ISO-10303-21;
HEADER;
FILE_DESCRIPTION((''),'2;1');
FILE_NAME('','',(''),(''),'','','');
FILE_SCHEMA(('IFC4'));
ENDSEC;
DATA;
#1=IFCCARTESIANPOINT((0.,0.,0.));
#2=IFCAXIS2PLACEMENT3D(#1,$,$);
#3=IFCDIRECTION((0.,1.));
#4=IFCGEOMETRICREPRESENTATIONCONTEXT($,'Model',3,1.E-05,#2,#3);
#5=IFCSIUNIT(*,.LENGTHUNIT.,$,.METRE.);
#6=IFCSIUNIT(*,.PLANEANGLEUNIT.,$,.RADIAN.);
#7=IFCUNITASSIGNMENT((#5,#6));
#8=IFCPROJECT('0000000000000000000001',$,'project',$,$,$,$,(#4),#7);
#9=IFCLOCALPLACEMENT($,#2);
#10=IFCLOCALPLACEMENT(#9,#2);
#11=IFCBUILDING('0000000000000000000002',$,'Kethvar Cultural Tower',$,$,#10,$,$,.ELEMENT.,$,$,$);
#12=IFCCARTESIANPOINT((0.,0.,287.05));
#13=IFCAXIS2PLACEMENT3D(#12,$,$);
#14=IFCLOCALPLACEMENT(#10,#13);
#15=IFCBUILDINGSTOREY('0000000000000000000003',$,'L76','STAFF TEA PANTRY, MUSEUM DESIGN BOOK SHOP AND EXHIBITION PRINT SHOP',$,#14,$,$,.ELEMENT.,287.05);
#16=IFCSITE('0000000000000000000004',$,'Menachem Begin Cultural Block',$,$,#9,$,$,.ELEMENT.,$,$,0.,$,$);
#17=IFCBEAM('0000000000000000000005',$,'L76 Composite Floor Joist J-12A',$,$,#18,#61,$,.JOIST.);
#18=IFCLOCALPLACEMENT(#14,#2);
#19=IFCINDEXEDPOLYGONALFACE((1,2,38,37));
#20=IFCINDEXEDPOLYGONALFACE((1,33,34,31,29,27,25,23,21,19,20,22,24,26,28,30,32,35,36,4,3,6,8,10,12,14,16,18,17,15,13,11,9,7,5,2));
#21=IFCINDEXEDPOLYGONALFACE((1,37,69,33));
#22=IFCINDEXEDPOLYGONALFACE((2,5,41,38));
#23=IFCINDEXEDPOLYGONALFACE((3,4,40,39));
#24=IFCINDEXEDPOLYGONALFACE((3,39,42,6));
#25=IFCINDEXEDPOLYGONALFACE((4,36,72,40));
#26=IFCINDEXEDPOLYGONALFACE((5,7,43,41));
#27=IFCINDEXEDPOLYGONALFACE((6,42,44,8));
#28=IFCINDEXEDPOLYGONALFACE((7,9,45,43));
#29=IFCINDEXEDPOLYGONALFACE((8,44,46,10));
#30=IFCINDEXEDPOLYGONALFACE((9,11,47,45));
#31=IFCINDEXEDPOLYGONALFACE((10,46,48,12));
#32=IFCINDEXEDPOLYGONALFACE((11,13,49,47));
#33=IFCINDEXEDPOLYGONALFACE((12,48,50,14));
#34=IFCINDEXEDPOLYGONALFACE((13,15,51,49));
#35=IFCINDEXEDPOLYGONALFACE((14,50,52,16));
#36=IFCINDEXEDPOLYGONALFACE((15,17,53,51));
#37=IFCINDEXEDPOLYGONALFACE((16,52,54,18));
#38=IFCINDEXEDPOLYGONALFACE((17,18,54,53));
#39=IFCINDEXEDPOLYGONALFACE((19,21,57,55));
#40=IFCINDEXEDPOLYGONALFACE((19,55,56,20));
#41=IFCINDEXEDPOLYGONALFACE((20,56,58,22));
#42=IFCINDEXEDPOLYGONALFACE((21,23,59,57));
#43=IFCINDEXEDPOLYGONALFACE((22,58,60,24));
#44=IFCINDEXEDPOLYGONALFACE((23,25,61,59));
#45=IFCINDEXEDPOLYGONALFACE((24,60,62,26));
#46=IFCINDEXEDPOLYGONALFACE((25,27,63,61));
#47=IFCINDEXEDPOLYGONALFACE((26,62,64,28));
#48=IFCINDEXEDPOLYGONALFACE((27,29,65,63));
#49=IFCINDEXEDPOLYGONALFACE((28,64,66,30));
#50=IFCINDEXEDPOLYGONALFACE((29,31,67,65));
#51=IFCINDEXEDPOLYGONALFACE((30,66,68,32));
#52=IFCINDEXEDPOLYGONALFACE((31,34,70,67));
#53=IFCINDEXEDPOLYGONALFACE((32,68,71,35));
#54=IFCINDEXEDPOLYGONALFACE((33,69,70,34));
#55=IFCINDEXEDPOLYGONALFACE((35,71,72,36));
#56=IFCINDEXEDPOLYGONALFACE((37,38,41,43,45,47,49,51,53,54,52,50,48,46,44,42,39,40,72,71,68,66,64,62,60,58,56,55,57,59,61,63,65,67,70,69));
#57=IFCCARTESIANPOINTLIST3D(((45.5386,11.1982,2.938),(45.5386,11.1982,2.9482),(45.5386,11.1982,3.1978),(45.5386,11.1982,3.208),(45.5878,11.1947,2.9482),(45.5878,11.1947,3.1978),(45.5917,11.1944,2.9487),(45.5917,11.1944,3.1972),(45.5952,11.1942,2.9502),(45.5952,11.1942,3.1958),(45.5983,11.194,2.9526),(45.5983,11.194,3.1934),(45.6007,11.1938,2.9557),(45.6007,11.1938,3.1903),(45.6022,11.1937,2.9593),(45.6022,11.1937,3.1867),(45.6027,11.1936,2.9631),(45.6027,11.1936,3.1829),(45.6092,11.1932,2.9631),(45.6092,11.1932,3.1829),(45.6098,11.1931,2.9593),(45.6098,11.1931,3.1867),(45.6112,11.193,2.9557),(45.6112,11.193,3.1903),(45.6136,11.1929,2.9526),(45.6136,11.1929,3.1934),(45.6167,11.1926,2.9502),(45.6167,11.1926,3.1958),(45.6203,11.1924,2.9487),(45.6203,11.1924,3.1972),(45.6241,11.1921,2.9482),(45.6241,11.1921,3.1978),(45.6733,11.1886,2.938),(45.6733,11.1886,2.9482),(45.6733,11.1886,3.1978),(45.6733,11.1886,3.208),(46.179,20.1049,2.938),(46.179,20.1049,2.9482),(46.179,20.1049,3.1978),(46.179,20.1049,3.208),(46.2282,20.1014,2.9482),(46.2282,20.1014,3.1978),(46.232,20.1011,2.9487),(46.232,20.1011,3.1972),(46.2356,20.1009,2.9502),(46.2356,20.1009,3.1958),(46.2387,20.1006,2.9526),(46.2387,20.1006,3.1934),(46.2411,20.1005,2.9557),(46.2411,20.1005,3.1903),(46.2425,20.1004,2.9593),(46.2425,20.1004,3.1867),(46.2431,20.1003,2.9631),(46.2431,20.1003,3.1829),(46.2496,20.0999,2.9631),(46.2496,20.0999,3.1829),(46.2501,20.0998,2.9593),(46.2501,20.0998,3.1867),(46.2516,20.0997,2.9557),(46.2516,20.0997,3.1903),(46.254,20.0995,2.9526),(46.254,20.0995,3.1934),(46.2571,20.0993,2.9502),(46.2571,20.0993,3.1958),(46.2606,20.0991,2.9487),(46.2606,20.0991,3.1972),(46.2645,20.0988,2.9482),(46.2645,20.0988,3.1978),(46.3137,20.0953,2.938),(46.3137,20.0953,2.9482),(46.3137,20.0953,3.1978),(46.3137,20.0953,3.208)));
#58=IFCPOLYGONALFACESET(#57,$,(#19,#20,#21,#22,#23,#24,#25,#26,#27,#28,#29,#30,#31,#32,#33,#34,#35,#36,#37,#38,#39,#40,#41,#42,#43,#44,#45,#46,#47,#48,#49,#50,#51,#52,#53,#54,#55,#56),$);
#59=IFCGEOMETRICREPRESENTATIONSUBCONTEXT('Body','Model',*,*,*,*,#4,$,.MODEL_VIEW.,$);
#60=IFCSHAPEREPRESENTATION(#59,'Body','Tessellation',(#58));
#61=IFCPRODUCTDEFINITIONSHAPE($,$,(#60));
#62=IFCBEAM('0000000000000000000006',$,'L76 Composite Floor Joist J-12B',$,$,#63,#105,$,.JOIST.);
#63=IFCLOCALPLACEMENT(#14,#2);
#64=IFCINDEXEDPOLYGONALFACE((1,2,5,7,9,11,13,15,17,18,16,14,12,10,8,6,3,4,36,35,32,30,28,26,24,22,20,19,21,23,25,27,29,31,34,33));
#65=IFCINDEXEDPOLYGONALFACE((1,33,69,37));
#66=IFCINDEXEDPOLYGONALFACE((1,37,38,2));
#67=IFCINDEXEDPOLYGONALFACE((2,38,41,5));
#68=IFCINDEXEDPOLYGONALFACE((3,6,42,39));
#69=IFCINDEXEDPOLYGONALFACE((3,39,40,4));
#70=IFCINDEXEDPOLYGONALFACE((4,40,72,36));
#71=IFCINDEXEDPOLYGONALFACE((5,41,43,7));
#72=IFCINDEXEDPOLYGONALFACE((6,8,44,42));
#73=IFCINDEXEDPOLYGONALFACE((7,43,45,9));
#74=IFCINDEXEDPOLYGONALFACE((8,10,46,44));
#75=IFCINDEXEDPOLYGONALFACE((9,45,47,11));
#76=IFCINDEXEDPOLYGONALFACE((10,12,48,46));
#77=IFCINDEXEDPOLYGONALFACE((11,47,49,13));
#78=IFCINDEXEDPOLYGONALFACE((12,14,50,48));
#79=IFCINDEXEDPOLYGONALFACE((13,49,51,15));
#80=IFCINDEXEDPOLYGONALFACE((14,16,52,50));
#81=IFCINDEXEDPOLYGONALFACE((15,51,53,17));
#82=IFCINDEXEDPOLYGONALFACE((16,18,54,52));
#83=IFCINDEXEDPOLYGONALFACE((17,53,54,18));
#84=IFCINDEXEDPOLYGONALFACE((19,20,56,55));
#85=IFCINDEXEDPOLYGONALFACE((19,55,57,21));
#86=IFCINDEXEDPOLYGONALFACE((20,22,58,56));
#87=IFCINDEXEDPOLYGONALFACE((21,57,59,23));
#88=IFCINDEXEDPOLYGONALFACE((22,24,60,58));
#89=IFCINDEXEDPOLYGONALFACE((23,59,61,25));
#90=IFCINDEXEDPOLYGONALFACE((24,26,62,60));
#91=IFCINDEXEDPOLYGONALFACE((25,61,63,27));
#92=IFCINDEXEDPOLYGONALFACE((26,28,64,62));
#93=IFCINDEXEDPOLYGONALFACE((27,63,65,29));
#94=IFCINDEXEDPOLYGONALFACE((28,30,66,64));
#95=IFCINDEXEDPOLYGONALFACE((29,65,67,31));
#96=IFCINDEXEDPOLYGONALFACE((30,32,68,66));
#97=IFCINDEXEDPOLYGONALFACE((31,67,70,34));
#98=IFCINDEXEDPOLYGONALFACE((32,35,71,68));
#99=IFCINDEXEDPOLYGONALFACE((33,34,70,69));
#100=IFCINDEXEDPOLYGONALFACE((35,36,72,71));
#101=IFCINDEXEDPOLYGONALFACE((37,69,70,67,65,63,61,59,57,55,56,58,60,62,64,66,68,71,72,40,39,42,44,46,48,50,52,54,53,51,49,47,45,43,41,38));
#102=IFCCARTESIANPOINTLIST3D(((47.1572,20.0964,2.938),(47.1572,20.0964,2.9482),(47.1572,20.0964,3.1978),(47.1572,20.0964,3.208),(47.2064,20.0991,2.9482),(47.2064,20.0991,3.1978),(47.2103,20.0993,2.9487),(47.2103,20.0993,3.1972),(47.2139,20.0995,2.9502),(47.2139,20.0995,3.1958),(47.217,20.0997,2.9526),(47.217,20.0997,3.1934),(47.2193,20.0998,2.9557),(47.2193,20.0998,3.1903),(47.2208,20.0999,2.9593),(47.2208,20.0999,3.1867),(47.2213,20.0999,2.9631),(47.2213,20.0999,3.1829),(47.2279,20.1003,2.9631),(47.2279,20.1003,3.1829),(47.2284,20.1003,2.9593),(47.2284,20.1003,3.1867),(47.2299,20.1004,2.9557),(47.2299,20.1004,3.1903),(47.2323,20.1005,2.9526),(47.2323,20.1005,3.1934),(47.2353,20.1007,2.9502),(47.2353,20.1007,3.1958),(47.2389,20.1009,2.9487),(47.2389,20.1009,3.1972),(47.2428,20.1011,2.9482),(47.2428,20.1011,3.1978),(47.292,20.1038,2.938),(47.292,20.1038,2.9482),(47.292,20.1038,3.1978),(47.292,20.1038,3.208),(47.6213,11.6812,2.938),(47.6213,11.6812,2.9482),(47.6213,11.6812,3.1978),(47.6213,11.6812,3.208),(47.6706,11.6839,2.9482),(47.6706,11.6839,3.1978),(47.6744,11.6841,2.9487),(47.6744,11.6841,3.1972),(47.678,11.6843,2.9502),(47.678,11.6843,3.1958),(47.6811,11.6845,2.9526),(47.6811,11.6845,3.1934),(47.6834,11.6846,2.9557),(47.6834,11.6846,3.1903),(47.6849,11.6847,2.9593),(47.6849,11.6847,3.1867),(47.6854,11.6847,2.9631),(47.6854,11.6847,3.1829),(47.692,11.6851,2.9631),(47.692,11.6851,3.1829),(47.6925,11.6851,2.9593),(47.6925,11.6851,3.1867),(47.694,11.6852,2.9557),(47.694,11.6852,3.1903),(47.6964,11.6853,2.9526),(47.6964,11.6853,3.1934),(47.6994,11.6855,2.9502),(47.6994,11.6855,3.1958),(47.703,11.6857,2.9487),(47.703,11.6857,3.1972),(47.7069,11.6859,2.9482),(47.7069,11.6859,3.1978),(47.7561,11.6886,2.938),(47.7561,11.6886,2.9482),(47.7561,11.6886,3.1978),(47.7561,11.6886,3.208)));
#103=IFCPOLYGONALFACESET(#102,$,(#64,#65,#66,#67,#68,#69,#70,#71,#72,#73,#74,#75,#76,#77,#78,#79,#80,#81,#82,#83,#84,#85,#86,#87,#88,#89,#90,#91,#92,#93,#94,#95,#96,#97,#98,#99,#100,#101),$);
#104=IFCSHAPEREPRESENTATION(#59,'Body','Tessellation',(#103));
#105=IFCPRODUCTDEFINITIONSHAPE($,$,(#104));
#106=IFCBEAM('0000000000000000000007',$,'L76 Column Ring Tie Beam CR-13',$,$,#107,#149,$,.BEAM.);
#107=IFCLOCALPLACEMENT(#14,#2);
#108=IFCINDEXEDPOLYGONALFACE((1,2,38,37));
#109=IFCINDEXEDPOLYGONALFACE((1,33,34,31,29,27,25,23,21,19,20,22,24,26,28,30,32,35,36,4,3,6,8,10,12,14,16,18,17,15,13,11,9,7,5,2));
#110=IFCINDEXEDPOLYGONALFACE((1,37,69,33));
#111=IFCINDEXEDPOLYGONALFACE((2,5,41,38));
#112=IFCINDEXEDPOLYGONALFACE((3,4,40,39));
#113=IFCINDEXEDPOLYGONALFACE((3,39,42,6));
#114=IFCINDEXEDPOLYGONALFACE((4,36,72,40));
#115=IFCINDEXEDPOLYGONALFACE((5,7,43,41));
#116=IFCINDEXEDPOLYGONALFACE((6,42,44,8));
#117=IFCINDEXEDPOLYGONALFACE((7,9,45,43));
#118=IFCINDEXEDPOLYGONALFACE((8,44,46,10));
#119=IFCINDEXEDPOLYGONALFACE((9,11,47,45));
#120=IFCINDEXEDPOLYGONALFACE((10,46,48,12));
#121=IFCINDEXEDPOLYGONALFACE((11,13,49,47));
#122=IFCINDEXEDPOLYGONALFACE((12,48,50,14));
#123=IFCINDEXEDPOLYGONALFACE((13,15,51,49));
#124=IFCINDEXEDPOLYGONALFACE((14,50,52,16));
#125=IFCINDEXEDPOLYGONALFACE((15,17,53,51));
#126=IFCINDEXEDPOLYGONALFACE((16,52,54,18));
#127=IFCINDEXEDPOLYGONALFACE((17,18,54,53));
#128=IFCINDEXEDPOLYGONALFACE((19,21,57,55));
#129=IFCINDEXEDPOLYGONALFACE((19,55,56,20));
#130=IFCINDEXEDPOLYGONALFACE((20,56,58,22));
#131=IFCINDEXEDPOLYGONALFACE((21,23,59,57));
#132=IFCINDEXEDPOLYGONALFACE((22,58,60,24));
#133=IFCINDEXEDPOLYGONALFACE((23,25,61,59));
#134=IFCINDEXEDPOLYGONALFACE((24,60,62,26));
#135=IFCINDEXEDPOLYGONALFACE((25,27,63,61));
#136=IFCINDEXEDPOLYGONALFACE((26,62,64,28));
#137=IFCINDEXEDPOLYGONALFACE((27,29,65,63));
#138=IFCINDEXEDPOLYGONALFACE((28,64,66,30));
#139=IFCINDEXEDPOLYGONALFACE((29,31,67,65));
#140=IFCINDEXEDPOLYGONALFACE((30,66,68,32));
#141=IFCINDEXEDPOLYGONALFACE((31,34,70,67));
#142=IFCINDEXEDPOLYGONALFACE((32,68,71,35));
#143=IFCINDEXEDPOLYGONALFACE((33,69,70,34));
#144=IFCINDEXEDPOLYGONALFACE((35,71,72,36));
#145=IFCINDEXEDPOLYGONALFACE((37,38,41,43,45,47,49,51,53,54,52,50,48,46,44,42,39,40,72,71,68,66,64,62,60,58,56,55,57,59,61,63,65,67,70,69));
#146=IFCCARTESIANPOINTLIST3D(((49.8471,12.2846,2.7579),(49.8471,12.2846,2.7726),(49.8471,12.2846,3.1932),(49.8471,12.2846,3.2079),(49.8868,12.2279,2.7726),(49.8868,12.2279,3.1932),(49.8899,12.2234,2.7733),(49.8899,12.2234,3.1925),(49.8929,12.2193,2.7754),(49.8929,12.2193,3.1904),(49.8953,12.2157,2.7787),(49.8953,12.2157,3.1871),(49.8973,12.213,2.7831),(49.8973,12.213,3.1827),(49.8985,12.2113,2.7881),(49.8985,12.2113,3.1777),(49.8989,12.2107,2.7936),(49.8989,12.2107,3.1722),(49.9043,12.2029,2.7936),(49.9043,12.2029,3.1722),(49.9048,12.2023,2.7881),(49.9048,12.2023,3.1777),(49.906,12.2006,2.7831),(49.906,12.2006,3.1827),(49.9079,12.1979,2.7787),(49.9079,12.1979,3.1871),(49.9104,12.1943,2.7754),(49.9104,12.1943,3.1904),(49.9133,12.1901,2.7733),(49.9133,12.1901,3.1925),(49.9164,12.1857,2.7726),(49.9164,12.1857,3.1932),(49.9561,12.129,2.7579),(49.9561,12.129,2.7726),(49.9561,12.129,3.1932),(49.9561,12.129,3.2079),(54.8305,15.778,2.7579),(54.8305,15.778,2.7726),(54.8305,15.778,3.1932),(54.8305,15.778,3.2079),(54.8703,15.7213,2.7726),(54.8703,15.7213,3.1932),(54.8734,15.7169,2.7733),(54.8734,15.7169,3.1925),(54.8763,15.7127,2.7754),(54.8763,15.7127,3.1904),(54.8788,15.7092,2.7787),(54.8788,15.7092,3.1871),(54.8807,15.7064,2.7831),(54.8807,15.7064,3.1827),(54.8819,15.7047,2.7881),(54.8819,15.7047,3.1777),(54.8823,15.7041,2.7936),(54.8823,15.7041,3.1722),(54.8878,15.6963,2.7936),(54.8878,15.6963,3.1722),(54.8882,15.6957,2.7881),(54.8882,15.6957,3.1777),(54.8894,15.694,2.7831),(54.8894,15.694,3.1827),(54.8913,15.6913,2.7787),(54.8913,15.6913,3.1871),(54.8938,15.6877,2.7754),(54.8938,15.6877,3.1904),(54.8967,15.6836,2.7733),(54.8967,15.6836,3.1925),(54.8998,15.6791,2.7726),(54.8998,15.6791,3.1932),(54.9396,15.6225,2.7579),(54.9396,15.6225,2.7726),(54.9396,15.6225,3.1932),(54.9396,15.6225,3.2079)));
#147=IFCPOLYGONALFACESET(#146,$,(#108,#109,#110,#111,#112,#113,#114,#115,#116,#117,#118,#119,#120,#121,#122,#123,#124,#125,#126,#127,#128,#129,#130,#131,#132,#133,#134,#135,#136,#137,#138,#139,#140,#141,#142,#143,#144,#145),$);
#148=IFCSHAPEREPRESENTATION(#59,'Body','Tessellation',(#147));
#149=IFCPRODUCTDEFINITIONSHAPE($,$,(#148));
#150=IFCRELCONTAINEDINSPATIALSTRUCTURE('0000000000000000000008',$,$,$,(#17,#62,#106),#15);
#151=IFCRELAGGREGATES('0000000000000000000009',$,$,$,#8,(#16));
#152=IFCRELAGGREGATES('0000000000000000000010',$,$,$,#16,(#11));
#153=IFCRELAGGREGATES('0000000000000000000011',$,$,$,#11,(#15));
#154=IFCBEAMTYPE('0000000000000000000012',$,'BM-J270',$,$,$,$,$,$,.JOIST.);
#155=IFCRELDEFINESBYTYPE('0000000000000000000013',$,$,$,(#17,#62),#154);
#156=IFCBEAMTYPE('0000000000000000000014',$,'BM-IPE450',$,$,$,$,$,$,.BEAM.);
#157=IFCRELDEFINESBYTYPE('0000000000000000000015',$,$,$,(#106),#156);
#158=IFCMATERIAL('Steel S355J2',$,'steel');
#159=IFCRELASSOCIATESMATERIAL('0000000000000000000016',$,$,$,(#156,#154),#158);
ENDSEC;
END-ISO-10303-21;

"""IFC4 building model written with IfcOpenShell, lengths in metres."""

from ifc_helpers import new_model, si_unit, direction, frame, origin, origin_2d, place, context, subcontext, project, spatial, i_section, extrude, source, transform, mapped, material, material_profile, profile_set, type_object, element, save


model = new_model("IFC4")

# Units and contexts
model_context = context("Model", 3, precision=1e-05, world=origin(), true_north=direction((0.0, 1.0)))
body_context = subcontext(model_context, "Body", "Model", "MODEL_VIEW")
ifc_project = project(units=[si_unit("LENGTHUNIT", "METRE"), si_unit("PLANEANGLEUNIT", "RADIAN")], contexts=[model_context])

# Site, building, storey
site_placement = place(None, origin())
site = spatial("IfcSite", under=ifc_project, at=site_placement, Name="Menachem Begin Cultural Block", CompositionType="ELEMENT", RefElevation=0.0)
building_placement = place(site_placement, origin())
building = spatial("IfcBuilding", under=site, at=building_placement, Name="Kethvar Cultural Tower", CompositionType="ELEMENT")
storey_placement = place(building_placement, frame((0.0, 0.0, 287.05)))
storey = spatial("IfcBuildingStorey", under=building, at=storey_placement, Name="L76", Description="STAFF TEA PANTRY, MUSEUM DESIGN BOOK SHOP AND EXHIBITION PRINT SHOP", CompositionType="ELEMENT", Elevation=287.05)

# Shared definitions
ifc_material_1 = material(Name="Steel S355J2", Category="steel")

# Beams
ifc_material_profile_1 = material_profile(ifc_material_1, i_section(OverallWidth=0.1899, OverallDepth=0.45, WebThickness=0.0095, FlangeThickness=0.0146, FilletRadius=0.021, at=origin_2d()), Name="Steel S355J2 — IPE450")
ifc_profile_set_1 = profile_set([ifc_material_profile_1], Name="Steel S355J2 — IPE450")
beam_type_1 = type_object("IfcBeamType", Name="BM-IPE450", PredefinedType="BEAM", material=ifc_profile_set_1)
ifc_material_profile_2 = material_profile(ifc_material_1, i_section(OverallWidth=0.135, OverallDepth=0.27, WebThickness=0.0066, FlangeThickness=0.0103, FilletRadius=0.0149, at=origin_2d()), Name="Steel S355J2 — IPE270")
ifc_profile_set_2 = profile_set([ifc_material_profile_2], Name="Steel S355J2 — IPE270")
beam_type_2 = type_object("IfcBeamType", Name="BM-J270", PredefinedType="JOIST", material=ifc_profile_set_2)
shared_shape_1 = source(origin(), body_context, "Body", "SweptSolid", [
    extrude(i_section(OverallWidth=0.135, OverallDepth=0.27, WebThickness=0.0066, FlangeThickness=0.0103, FilletRadius=0.0149, at=origin_2d()), origin(), (0.0, 0.0, 1.0), 8.9297),
])
beam_1_placement = place(storey_placement, frame((46.2463, 20.1001, 3.073), z_axis=(-0.071713, -0.997425, 0.0), x_axis=(0.997425, -0.071713, 0.0)))
element("IfcBeam", 1, at=beam_1_placement, inside=storey, type_object=beam_type_2, Name="L76 Composite Floor Joist J-12A", PredefinedType="JOIST", context=body_context, shape_type="MappedRepresentation", body=[
    mapped(shared_shape_1, transform((0.0, 0.0, 0.0), scale=1.0)),
])
shared_shape_2 = source(origin(), body_context, "Body", "SweptSolid", [
    extrude(i_section(OverallWidth=0.135, OverallDepth=0.27, WebThickness=0.0066, FlangeThickness=0.0103, FilletRadius=0.0149, at=origin_2d()), origin(), (0.0, 0.0, 1.0), 8.428),
])
beam_2_placement = place(storey_placement, frame((47.2246, 20.1001, 3.073), z_axis=(0.055067, -0.998483, 0.0), x_axis=(0.998483, 0.055067, 0.0)))
element("IfcBeam", 2, at=beam_2_placement, inside=storey, type_object=beam_type_2, Name="L76 Composite Floor Joist J-12B", PredefinedType="JOIST", context=body_context, shape_type="MappedRepresentation", body=[
    mapped(shared_shape_2, transform((0.0, 0.0, 0.0), scale=1.0)),
])
shared_shape_3 = source(origin(), body_context, "Body", "SweptSolid", [
    extrude(i_section(OverallWidth=0.1899, OverallDepth=0.45, WebThickness=0.0095, FlangeThickness=0.0146, FilletRadius=0.021, at=origin_2d()), origin(), (0.0, 0.0, 1.0), 6.0859),
])
beam_3_placement = place(storey_placement, frame((49.9016, 12.2068, 2.9829), z_axis=(0.818843, 0.574017, 0.0), x_axis=(-0.574017, 0.818843, 0.0)))
element("IfcBeam", 3, at=beam_3_placement, inside=storey, type_object=beam_type_1, Name="L76 Column Ring Tie Beam CR-13", PredefinedType="BEAM", context=body_context, shape_type="MappedRepresentation", body=[
    mapped(shared_shape_3, transform((0.0, 0.0, 0.0), scale=1.0)),
])

save(model, "model.ifc")
